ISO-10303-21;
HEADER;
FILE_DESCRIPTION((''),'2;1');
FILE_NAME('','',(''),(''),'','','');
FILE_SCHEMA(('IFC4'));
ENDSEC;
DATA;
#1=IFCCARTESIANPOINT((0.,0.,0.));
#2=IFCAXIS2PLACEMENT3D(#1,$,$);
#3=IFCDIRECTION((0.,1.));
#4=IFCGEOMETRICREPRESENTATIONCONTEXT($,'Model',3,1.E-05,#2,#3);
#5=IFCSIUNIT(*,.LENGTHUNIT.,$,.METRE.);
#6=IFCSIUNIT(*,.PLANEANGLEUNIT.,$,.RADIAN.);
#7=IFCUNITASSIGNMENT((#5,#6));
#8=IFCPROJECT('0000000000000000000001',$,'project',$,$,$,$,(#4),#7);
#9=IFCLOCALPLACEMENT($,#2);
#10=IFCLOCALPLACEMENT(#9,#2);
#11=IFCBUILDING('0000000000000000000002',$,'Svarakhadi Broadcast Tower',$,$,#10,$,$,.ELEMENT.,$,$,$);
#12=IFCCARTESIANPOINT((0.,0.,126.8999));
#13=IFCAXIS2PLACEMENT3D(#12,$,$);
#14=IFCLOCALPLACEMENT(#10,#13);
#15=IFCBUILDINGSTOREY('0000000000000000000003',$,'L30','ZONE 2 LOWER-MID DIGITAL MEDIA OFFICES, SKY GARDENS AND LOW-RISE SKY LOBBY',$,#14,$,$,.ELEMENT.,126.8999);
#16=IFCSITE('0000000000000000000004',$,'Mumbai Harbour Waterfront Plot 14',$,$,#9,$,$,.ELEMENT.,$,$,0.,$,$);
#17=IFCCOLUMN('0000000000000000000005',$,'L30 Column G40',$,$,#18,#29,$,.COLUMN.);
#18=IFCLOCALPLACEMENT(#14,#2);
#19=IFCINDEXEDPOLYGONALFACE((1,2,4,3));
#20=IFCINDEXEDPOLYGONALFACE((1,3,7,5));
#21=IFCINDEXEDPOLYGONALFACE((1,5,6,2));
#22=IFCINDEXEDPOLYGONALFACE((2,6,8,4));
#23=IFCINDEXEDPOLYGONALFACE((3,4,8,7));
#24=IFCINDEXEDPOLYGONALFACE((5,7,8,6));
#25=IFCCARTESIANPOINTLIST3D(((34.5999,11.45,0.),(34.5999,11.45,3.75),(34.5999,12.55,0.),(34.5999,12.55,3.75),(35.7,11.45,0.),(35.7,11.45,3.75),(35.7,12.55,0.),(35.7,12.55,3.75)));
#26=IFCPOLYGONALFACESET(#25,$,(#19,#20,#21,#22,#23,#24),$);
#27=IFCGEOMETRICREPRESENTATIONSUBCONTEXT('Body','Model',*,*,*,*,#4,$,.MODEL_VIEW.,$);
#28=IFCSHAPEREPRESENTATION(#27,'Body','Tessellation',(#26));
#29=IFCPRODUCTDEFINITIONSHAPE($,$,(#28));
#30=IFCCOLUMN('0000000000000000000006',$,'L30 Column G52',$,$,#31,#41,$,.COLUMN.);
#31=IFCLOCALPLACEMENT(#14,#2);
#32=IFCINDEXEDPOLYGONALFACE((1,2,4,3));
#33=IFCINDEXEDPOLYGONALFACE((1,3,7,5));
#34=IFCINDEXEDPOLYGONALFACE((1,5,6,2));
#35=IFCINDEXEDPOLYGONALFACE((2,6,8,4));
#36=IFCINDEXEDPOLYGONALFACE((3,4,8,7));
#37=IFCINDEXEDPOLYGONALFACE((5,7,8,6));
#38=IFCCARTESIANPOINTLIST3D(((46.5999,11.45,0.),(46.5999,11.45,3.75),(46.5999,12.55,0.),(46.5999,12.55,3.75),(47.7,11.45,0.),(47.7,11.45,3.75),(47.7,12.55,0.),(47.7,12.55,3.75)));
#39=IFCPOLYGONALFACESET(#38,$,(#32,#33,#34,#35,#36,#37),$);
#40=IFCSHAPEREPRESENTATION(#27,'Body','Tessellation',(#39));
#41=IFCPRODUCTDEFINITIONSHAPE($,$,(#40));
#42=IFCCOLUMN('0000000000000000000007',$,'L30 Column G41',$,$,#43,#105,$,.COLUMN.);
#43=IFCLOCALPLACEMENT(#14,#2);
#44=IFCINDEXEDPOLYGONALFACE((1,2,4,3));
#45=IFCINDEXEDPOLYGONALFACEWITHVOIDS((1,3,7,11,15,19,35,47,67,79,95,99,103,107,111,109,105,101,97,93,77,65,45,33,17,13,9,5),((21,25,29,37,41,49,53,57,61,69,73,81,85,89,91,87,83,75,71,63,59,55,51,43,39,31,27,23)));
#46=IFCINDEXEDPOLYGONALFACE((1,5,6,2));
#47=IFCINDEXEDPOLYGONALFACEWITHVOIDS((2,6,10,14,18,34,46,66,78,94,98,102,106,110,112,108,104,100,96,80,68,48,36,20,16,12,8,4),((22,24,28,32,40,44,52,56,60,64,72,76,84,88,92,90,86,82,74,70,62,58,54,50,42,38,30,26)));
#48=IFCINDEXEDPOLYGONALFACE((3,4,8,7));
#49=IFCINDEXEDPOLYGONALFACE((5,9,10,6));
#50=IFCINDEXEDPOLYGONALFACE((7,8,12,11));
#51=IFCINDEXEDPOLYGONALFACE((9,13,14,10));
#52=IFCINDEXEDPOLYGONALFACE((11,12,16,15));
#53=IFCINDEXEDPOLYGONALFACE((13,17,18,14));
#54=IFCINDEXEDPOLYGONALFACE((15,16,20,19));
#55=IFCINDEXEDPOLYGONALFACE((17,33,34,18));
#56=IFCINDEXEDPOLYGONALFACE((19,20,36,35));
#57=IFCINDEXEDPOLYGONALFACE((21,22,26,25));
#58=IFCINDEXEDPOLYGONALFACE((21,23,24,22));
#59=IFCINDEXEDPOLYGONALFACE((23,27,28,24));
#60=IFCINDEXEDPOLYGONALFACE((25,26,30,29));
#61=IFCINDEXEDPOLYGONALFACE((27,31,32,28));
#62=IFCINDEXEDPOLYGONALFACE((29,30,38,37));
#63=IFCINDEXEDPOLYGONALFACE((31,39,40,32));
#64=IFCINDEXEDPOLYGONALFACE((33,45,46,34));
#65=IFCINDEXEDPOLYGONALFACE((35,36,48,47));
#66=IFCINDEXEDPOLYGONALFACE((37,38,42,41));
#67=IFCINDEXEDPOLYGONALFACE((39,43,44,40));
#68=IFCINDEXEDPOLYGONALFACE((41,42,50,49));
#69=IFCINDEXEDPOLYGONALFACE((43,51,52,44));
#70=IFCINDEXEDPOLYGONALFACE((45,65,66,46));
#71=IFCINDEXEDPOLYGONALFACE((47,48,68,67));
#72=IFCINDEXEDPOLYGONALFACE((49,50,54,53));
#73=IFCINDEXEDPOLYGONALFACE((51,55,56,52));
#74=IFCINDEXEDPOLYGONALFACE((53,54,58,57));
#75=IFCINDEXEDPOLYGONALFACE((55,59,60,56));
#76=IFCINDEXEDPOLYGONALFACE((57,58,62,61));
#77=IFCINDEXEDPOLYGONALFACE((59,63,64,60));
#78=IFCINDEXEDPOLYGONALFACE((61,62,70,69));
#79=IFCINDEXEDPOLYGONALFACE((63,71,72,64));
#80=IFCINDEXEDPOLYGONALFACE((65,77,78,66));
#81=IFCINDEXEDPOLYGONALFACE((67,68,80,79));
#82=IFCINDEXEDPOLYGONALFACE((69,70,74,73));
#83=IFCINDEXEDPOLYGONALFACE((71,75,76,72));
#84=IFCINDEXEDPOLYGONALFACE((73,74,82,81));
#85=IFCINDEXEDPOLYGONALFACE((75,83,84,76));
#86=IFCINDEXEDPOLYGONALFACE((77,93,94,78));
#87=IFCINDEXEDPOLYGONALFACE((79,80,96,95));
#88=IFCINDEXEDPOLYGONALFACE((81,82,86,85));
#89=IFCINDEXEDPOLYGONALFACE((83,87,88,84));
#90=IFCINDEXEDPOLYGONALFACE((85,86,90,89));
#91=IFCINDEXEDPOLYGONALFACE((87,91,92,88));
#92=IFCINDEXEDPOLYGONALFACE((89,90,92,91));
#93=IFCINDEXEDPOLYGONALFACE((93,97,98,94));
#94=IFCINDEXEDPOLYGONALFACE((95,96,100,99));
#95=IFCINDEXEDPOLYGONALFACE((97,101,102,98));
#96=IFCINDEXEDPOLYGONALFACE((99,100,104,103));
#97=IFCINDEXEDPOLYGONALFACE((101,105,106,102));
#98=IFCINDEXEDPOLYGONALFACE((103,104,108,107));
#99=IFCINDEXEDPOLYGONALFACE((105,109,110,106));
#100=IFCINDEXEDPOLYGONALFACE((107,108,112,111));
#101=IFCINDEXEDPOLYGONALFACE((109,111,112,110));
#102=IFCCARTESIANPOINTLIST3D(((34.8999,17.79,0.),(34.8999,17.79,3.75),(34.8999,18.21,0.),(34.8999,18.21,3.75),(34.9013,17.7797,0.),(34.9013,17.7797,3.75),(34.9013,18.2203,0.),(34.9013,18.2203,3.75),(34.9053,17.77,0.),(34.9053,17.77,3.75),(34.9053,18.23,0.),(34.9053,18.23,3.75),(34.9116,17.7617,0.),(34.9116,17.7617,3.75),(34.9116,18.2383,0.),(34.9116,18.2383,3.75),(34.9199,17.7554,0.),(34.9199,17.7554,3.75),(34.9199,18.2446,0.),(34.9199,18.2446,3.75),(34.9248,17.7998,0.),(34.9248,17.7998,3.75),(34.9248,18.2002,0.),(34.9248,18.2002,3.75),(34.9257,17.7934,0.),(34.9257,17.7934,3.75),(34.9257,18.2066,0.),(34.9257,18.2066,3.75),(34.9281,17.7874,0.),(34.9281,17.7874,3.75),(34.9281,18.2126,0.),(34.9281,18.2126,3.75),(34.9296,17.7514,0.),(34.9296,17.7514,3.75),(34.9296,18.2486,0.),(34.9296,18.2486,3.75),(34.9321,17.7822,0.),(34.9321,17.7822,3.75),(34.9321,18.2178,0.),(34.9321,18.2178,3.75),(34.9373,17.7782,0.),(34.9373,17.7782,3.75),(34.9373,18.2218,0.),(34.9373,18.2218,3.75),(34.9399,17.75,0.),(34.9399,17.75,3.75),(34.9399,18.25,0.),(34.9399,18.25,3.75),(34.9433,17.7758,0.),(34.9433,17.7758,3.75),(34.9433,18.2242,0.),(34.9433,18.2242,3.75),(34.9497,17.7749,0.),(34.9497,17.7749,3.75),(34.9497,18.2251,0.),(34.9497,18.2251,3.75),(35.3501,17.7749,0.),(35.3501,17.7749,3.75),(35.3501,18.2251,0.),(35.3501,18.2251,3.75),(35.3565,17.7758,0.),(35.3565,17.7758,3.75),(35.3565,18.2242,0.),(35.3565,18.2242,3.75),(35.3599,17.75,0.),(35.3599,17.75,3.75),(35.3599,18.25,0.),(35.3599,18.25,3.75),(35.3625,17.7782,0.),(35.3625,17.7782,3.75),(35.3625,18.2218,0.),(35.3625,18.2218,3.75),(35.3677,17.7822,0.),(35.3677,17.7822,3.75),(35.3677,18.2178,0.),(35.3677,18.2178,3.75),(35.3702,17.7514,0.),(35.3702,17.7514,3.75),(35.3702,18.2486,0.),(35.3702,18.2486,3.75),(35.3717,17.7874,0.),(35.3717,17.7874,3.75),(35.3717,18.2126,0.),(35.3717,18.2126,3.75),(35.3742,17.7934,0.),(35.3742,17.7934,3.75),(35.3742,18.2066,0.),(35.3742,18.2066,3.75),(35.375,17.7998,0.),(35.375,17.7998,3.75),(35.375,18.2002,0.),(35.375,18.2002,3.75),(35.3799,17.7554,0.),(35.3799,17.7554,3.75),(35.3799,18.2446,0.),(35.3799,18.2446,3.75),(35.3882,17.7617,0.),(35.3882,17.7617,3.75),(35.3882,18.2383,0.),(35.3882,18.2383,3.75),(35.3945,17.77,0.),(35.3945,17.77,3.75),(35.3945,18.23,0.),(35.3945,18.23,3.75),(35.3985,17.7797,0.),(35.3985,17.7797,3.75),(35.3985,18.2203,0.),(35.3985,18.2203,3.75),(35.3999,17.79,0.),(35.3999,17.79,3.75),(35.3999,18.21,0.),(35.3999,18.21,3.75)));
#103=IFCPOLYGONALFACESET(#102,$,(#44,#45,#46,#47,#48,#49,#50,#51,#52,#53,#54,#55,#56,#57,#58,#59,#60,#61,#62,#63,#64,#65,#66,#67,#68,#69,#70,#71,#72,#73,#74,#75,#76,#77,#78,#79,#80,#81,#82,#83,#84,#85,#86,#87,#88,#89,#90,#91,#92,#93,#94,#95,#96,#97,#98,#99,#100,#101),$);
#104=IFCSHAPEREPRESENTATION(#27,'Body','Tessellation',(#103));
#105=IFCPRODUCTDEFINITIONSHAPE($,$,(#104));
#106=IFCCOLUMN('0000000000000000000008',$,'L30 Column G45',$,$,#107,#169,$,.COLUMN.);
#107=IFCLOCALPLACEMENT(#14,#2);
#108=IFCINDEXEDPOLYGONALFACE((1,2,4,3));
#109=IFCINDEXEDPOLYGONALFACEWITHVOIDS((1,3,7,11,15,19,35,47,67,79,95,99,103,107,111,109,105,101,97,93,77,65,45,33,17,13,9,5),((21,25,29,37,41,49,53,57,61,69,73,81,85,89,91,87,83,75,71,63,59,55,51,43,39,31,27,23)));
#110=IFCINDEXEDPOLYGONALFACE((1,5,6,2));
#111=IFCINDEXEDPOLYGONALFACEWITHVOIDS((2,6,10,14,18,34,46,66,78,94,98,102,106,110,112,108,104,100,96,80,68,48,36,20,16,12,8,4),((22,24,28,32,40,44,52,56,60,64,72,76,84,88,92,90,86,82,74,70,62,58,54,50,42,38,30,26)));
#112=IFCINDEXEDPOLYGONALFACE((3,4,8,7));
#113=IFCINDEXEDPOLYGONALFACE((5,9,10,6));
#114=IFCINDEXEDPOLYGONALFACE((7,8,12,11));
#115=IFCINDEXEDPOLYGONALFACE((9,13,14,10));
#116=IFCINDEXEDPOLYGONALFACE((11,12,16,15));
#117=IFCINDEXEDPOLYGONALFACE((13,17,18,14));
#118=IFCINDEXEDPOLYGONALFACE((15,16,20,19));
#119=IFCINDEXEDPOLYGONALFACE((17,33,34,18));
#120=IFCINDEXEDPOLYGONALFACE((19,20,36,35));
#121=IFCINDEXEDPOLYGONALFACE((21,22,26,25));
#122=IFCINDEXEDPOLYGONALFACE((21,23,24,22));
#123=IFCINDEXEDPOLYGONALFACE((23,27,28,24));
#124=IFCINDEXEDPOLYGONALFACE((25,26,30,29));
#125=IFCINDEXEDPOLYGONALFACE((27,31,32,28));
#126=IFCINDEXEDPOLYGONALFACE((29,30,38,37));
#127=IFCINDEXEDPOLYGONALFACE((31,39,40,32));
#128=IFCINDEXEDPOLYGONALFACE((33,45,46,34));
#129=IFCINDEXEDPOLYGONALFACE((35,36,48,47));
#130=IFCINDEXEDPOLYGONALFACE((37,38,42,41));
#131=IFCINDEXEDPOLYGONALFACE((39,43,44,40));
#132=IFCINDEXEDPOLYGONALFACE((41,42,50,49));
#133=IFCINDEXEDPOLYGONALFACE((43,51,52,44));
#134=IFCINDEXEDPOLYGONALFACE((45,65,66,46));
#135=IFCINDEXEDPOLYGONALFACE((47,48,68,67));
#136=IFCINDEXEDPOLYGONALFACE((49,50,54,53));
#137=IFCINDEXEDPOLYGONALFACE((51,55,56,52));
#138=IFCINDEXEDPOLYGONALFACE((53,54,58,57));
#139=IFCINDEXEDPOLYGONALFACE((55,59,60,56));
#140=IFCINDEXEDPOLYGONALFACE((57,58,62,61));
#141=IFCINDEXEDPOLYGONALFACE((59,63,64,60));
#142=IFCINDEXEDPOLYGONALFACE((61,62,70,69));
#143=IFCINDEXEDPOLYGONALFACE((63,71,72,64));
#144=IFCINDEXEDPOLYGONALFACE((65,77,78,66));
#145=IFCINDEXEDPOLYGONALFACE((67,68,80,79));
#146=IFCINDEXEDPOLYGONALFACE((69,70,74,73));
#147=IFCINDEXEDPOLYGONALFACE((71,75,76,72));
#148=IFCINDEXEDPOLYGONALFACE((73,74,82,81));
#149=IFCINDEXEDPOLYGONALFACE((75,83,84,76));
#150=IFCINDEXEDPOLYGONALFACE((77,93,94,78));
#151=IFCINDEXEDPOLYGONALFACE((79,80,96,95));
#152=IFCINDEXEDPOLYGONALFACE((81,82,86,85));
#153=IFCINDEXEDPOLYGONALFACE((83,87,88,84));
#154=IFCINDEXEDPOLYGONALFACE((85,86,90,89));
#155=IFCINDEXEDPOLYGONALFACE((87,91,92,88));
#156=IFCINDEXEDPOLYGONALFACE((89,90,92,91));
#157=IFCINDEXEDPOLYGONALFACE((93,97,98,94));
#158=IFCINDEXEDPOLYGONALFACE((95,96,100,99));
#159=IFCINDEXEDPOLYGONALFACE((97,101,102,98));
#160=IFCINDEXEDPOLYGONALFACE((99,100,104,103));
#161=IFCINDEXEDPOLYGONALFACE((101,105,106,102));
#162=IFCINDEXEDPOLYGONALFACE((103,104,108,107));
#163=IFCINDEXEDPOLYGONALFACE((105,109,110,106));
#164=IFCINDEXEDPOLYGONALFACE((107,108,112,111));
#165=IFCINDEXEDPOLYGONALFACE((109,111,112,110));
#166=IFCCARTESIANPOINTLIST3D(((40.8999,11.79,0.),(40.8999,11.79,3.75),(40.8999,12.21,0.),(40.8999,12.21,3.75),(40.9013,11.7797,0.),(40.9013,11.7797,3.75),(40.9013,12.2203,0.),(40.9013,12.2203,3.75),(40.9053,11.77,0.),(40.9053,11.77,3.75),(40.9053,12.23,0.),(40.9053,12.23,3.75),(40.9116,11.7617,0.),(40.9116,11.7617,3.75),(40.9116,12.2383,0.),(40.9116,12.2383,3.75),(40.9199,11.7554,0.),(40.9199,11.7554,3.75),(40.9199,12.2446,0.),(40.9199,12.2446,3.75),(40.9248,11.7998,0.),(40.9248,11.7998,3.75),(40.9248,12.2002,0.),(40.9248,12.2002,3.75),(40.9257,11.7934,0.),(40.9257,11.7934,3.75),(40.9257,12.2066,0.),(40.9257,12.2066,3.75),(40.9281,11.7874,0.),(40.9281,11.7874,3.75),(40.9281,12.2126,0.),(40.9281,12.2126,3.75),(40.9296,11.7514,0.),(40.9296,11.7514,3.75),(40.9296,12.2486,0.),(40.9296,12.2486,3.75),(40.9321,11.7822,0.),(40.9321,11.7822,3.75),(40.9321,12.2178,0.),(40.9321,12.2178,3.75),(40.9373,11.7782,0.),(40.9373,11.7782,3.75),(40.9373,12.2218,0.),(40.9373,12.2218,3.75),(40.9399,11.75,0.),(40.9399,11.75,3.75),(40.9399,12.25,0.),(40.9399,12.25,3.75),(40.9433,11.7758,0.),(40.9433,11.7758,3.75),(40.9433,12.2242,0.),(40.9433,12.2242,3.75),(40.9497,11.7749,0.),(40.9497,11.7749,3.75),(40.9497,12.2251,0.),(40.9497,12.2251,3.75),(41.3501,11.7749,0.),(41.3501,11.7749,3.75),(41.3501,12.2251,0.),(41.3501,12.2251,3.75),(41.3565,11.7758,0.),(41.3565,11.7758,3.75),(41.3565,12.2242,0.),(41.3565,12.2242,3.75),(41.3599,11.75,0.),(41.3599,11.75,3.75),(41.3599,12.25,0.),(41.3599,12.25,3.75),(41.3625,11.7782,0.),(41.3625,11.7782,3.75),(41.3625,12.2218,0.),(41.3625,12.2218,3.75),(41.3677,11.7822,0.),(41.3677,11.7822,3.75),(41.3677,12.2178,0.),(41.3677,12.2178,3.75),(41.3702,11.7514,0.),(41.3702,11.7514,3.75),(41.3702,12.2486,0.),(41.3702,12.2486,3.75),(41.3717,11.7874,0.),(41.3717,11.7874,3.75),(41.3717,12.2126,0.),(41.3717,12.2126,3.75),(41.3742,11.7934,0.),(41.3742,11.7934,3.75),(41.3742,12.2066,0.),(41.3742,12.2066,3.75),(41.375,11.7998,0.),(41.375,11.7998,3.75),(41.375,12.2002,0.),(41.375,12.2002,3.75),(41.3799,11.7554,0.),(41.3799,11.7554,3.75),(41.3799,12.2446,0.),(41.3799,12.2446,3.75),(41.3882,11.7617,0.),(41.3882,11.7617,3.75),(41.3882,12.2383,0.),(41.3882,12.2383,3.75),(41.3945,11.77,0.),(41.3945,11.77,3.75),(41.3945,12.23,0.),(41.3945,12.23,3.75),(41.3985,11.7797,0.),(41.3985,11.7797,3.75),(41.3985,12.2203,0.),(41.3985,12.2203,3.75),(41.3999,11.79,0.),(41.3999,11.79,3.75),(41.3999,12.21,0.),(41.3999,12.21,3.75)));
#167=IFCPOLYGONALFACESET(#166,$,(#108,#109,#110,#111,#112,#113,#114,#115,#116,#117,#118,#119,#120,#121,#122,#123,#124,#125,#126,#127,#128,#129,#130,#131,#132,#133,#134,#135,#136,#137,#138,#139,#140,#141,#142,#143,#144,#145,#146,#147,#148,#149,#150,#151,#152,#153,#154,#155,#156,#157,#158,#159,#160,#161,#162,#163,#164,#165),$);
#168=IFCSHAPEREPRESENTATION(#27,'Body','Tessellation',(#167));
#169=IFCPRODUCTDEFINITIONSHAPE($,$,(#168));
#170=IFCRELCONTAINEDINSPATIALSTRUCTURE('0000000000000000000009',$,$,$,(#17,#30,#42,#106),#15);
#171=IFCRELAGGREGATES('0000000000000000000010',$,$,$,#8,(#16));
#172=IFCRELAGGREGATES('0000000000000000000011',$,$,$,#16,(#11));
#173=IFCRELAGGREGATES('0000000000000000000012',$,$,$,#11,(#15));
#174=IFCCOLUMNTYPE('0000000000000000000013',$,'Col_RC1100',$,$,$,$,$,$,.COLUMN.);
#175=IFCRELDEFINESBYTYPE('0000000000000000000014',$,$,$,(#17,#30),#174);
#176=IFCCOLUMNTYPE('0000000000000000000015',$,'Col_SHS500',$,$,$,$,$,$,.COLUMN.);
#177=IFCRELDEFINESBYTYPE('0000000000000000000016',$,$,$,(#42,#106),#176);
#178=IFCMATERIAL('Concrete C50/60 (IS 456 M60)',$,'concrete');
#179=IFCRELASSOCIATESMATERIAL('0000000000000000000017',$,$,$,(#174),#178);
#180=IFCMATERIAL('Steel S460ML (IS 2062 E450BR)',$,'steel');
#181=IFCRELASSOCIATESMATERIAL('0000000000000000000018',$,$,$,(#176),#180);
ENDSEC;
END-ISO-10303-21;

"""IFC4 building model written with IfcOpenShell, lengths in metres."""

from ifc_helpers import new_model, si_unit, direction, frame, origin, origin_2d, place, context, subcontext, project, spatial, rectangle, hollow_rectangle, extrude, material, material_profile, profile_set, type_object, element, save


model = new_model("IFC4")

# Units and contexts
model_context = context("Model", 3, precision=1e-05, world=origin(), true_north=direction((0.0, 1.0)))
body_context = subcontext(model_context, "Body", "Model", "MODEL_VIEW")
ifc_project = project(units=[si_unit("LENGTHUNIT", "METRE"), si_unit("PLANEANGLEUNIT", "RADIAN")], contexts=[model_context])

# Site, building, storey
site_placement = place(None, origin())
site = spatial("IfcSite", under=ifc_project, at=site_placement, Name="Mumbai Harbour Waterfront Plot 14", CompositionType="ELEMENT", RefElevation=0.0)
building_placement = place(site_placement, origin())
building = spatial("IfcBuilding", under=site, at=building_placement, Name="Svarakhadi Broadcast Tower", CompositionType="ELEMENT")
storey_placement = place(building_placement, frame((0.0, 0.0, 126.8999)))
storey = spatial("IfcBuildingStorey", under=building, at=storey_placement, Name="L30", Description="ZONE 2 LOWER-MID DIGITAL MEDIA OFFICES, SKY GARDENS AND LOW-RISE SKY LOBBY", CompositionType="ELEMENT", Elevation=126.8999)

# Columns
ifc_material_1 = material(Name="Concrete C50/60 (IS 456 M60)", Category="concrete")
ifc_material_profile_1 = material_profile(ifc_material_1, rectangle(XDim=1.1001, YDim=1.1001, at=origin_2d()), Name="RC 1100x1100")
ifc_profile_set_1 = profile_set([ifc_material_profile_1], Name="Concrete C50/60 (IS 456 M60)")
column_type_1 = type_object("IfcColumnType", Name="Col_RC1100", PredefinedType="COLUMN", material=ifc_profile_set_1)
for number, where, z_axis, x_axis, name in (
    (1, (35.1499, 12.0, 0.0), (0.0, 0.0, 1.0), (1.0, 0.0, 0.0), "L30 Column G40"),
    (2, (47.1499, 12.0, 0.0), (0.0, 0.0, 1.0), (1.0, 0.0, 0.0), "L30 Column G52"),
):
    element("IfcColumn", number, at=place(storey_placement, frame(where, z_axis=z_axis, x_axis=x_axis)), inside=storey, type_object=column_type_1, Name=name, PredefinedType="COLUMN", context=body_context, shape_type="SweptSolid", body=[
        extrude(rectangle(XDim=1.1001, YDim=1.1001, at=origin_2d()), origin(), (0.0, 0.0, 1.0), 3.75),
    ])
ifc_material_2 = material(Name="Steel S460ML (IS 2062 E450BR)", Category="steel")
ifc_material_profile_2 = material_profile(ifc_material_2, hollow_rectangle(XDim=0.5, YDim=0.5, WallThickness=0.0249, InnerFilletRadius=0.0249, OuterFilletRadius=0.04, at=origin_2d()), Name="SHS 500x500x25")
ifc_profile_set_2 = profile_set([ifc_material_profile_2], Name="Steel S460ML (IS 2062 E450BR)")
column_type_2 = type_object("IfcColumnType", Name="Col_SHS500", PredefinedType="COLUMN", material=ifc_profile_set_2)
for number, where, z_axis, x_axis, name in (
    (3, (35.1499, 18.0, 0.0), (0.0, 0.0, 1.0), (1.0, 0.0, 0.0), "L30 Column G41"),
    (4, (41.1499, 12.0, 0.0), (0.0, 0.0, 1.0), (1.0, 0.0, 0.0), "L30 Column G45"),
):
    element("IfcColumn", number, at=place(storey_placement, frame(where, z_axis=z_axis, x_axis=x_axis)), inside=storey, type_object=column_type_2, Name=name, PredefinedType="COLUMN", context=body_context, shape_type="SweptSolid", body=[
        extrude(hollow_rectangle(XDim=0.5, YDim=0.5, WallThickness=0.0249, InnerFilletRadius=0.0249, OuterFilletRadius=0.04, at=origin_2d()), origin(), (0.0, 0.0, 1.0), 3.75),
    ])

save(model, "model.ifc")
